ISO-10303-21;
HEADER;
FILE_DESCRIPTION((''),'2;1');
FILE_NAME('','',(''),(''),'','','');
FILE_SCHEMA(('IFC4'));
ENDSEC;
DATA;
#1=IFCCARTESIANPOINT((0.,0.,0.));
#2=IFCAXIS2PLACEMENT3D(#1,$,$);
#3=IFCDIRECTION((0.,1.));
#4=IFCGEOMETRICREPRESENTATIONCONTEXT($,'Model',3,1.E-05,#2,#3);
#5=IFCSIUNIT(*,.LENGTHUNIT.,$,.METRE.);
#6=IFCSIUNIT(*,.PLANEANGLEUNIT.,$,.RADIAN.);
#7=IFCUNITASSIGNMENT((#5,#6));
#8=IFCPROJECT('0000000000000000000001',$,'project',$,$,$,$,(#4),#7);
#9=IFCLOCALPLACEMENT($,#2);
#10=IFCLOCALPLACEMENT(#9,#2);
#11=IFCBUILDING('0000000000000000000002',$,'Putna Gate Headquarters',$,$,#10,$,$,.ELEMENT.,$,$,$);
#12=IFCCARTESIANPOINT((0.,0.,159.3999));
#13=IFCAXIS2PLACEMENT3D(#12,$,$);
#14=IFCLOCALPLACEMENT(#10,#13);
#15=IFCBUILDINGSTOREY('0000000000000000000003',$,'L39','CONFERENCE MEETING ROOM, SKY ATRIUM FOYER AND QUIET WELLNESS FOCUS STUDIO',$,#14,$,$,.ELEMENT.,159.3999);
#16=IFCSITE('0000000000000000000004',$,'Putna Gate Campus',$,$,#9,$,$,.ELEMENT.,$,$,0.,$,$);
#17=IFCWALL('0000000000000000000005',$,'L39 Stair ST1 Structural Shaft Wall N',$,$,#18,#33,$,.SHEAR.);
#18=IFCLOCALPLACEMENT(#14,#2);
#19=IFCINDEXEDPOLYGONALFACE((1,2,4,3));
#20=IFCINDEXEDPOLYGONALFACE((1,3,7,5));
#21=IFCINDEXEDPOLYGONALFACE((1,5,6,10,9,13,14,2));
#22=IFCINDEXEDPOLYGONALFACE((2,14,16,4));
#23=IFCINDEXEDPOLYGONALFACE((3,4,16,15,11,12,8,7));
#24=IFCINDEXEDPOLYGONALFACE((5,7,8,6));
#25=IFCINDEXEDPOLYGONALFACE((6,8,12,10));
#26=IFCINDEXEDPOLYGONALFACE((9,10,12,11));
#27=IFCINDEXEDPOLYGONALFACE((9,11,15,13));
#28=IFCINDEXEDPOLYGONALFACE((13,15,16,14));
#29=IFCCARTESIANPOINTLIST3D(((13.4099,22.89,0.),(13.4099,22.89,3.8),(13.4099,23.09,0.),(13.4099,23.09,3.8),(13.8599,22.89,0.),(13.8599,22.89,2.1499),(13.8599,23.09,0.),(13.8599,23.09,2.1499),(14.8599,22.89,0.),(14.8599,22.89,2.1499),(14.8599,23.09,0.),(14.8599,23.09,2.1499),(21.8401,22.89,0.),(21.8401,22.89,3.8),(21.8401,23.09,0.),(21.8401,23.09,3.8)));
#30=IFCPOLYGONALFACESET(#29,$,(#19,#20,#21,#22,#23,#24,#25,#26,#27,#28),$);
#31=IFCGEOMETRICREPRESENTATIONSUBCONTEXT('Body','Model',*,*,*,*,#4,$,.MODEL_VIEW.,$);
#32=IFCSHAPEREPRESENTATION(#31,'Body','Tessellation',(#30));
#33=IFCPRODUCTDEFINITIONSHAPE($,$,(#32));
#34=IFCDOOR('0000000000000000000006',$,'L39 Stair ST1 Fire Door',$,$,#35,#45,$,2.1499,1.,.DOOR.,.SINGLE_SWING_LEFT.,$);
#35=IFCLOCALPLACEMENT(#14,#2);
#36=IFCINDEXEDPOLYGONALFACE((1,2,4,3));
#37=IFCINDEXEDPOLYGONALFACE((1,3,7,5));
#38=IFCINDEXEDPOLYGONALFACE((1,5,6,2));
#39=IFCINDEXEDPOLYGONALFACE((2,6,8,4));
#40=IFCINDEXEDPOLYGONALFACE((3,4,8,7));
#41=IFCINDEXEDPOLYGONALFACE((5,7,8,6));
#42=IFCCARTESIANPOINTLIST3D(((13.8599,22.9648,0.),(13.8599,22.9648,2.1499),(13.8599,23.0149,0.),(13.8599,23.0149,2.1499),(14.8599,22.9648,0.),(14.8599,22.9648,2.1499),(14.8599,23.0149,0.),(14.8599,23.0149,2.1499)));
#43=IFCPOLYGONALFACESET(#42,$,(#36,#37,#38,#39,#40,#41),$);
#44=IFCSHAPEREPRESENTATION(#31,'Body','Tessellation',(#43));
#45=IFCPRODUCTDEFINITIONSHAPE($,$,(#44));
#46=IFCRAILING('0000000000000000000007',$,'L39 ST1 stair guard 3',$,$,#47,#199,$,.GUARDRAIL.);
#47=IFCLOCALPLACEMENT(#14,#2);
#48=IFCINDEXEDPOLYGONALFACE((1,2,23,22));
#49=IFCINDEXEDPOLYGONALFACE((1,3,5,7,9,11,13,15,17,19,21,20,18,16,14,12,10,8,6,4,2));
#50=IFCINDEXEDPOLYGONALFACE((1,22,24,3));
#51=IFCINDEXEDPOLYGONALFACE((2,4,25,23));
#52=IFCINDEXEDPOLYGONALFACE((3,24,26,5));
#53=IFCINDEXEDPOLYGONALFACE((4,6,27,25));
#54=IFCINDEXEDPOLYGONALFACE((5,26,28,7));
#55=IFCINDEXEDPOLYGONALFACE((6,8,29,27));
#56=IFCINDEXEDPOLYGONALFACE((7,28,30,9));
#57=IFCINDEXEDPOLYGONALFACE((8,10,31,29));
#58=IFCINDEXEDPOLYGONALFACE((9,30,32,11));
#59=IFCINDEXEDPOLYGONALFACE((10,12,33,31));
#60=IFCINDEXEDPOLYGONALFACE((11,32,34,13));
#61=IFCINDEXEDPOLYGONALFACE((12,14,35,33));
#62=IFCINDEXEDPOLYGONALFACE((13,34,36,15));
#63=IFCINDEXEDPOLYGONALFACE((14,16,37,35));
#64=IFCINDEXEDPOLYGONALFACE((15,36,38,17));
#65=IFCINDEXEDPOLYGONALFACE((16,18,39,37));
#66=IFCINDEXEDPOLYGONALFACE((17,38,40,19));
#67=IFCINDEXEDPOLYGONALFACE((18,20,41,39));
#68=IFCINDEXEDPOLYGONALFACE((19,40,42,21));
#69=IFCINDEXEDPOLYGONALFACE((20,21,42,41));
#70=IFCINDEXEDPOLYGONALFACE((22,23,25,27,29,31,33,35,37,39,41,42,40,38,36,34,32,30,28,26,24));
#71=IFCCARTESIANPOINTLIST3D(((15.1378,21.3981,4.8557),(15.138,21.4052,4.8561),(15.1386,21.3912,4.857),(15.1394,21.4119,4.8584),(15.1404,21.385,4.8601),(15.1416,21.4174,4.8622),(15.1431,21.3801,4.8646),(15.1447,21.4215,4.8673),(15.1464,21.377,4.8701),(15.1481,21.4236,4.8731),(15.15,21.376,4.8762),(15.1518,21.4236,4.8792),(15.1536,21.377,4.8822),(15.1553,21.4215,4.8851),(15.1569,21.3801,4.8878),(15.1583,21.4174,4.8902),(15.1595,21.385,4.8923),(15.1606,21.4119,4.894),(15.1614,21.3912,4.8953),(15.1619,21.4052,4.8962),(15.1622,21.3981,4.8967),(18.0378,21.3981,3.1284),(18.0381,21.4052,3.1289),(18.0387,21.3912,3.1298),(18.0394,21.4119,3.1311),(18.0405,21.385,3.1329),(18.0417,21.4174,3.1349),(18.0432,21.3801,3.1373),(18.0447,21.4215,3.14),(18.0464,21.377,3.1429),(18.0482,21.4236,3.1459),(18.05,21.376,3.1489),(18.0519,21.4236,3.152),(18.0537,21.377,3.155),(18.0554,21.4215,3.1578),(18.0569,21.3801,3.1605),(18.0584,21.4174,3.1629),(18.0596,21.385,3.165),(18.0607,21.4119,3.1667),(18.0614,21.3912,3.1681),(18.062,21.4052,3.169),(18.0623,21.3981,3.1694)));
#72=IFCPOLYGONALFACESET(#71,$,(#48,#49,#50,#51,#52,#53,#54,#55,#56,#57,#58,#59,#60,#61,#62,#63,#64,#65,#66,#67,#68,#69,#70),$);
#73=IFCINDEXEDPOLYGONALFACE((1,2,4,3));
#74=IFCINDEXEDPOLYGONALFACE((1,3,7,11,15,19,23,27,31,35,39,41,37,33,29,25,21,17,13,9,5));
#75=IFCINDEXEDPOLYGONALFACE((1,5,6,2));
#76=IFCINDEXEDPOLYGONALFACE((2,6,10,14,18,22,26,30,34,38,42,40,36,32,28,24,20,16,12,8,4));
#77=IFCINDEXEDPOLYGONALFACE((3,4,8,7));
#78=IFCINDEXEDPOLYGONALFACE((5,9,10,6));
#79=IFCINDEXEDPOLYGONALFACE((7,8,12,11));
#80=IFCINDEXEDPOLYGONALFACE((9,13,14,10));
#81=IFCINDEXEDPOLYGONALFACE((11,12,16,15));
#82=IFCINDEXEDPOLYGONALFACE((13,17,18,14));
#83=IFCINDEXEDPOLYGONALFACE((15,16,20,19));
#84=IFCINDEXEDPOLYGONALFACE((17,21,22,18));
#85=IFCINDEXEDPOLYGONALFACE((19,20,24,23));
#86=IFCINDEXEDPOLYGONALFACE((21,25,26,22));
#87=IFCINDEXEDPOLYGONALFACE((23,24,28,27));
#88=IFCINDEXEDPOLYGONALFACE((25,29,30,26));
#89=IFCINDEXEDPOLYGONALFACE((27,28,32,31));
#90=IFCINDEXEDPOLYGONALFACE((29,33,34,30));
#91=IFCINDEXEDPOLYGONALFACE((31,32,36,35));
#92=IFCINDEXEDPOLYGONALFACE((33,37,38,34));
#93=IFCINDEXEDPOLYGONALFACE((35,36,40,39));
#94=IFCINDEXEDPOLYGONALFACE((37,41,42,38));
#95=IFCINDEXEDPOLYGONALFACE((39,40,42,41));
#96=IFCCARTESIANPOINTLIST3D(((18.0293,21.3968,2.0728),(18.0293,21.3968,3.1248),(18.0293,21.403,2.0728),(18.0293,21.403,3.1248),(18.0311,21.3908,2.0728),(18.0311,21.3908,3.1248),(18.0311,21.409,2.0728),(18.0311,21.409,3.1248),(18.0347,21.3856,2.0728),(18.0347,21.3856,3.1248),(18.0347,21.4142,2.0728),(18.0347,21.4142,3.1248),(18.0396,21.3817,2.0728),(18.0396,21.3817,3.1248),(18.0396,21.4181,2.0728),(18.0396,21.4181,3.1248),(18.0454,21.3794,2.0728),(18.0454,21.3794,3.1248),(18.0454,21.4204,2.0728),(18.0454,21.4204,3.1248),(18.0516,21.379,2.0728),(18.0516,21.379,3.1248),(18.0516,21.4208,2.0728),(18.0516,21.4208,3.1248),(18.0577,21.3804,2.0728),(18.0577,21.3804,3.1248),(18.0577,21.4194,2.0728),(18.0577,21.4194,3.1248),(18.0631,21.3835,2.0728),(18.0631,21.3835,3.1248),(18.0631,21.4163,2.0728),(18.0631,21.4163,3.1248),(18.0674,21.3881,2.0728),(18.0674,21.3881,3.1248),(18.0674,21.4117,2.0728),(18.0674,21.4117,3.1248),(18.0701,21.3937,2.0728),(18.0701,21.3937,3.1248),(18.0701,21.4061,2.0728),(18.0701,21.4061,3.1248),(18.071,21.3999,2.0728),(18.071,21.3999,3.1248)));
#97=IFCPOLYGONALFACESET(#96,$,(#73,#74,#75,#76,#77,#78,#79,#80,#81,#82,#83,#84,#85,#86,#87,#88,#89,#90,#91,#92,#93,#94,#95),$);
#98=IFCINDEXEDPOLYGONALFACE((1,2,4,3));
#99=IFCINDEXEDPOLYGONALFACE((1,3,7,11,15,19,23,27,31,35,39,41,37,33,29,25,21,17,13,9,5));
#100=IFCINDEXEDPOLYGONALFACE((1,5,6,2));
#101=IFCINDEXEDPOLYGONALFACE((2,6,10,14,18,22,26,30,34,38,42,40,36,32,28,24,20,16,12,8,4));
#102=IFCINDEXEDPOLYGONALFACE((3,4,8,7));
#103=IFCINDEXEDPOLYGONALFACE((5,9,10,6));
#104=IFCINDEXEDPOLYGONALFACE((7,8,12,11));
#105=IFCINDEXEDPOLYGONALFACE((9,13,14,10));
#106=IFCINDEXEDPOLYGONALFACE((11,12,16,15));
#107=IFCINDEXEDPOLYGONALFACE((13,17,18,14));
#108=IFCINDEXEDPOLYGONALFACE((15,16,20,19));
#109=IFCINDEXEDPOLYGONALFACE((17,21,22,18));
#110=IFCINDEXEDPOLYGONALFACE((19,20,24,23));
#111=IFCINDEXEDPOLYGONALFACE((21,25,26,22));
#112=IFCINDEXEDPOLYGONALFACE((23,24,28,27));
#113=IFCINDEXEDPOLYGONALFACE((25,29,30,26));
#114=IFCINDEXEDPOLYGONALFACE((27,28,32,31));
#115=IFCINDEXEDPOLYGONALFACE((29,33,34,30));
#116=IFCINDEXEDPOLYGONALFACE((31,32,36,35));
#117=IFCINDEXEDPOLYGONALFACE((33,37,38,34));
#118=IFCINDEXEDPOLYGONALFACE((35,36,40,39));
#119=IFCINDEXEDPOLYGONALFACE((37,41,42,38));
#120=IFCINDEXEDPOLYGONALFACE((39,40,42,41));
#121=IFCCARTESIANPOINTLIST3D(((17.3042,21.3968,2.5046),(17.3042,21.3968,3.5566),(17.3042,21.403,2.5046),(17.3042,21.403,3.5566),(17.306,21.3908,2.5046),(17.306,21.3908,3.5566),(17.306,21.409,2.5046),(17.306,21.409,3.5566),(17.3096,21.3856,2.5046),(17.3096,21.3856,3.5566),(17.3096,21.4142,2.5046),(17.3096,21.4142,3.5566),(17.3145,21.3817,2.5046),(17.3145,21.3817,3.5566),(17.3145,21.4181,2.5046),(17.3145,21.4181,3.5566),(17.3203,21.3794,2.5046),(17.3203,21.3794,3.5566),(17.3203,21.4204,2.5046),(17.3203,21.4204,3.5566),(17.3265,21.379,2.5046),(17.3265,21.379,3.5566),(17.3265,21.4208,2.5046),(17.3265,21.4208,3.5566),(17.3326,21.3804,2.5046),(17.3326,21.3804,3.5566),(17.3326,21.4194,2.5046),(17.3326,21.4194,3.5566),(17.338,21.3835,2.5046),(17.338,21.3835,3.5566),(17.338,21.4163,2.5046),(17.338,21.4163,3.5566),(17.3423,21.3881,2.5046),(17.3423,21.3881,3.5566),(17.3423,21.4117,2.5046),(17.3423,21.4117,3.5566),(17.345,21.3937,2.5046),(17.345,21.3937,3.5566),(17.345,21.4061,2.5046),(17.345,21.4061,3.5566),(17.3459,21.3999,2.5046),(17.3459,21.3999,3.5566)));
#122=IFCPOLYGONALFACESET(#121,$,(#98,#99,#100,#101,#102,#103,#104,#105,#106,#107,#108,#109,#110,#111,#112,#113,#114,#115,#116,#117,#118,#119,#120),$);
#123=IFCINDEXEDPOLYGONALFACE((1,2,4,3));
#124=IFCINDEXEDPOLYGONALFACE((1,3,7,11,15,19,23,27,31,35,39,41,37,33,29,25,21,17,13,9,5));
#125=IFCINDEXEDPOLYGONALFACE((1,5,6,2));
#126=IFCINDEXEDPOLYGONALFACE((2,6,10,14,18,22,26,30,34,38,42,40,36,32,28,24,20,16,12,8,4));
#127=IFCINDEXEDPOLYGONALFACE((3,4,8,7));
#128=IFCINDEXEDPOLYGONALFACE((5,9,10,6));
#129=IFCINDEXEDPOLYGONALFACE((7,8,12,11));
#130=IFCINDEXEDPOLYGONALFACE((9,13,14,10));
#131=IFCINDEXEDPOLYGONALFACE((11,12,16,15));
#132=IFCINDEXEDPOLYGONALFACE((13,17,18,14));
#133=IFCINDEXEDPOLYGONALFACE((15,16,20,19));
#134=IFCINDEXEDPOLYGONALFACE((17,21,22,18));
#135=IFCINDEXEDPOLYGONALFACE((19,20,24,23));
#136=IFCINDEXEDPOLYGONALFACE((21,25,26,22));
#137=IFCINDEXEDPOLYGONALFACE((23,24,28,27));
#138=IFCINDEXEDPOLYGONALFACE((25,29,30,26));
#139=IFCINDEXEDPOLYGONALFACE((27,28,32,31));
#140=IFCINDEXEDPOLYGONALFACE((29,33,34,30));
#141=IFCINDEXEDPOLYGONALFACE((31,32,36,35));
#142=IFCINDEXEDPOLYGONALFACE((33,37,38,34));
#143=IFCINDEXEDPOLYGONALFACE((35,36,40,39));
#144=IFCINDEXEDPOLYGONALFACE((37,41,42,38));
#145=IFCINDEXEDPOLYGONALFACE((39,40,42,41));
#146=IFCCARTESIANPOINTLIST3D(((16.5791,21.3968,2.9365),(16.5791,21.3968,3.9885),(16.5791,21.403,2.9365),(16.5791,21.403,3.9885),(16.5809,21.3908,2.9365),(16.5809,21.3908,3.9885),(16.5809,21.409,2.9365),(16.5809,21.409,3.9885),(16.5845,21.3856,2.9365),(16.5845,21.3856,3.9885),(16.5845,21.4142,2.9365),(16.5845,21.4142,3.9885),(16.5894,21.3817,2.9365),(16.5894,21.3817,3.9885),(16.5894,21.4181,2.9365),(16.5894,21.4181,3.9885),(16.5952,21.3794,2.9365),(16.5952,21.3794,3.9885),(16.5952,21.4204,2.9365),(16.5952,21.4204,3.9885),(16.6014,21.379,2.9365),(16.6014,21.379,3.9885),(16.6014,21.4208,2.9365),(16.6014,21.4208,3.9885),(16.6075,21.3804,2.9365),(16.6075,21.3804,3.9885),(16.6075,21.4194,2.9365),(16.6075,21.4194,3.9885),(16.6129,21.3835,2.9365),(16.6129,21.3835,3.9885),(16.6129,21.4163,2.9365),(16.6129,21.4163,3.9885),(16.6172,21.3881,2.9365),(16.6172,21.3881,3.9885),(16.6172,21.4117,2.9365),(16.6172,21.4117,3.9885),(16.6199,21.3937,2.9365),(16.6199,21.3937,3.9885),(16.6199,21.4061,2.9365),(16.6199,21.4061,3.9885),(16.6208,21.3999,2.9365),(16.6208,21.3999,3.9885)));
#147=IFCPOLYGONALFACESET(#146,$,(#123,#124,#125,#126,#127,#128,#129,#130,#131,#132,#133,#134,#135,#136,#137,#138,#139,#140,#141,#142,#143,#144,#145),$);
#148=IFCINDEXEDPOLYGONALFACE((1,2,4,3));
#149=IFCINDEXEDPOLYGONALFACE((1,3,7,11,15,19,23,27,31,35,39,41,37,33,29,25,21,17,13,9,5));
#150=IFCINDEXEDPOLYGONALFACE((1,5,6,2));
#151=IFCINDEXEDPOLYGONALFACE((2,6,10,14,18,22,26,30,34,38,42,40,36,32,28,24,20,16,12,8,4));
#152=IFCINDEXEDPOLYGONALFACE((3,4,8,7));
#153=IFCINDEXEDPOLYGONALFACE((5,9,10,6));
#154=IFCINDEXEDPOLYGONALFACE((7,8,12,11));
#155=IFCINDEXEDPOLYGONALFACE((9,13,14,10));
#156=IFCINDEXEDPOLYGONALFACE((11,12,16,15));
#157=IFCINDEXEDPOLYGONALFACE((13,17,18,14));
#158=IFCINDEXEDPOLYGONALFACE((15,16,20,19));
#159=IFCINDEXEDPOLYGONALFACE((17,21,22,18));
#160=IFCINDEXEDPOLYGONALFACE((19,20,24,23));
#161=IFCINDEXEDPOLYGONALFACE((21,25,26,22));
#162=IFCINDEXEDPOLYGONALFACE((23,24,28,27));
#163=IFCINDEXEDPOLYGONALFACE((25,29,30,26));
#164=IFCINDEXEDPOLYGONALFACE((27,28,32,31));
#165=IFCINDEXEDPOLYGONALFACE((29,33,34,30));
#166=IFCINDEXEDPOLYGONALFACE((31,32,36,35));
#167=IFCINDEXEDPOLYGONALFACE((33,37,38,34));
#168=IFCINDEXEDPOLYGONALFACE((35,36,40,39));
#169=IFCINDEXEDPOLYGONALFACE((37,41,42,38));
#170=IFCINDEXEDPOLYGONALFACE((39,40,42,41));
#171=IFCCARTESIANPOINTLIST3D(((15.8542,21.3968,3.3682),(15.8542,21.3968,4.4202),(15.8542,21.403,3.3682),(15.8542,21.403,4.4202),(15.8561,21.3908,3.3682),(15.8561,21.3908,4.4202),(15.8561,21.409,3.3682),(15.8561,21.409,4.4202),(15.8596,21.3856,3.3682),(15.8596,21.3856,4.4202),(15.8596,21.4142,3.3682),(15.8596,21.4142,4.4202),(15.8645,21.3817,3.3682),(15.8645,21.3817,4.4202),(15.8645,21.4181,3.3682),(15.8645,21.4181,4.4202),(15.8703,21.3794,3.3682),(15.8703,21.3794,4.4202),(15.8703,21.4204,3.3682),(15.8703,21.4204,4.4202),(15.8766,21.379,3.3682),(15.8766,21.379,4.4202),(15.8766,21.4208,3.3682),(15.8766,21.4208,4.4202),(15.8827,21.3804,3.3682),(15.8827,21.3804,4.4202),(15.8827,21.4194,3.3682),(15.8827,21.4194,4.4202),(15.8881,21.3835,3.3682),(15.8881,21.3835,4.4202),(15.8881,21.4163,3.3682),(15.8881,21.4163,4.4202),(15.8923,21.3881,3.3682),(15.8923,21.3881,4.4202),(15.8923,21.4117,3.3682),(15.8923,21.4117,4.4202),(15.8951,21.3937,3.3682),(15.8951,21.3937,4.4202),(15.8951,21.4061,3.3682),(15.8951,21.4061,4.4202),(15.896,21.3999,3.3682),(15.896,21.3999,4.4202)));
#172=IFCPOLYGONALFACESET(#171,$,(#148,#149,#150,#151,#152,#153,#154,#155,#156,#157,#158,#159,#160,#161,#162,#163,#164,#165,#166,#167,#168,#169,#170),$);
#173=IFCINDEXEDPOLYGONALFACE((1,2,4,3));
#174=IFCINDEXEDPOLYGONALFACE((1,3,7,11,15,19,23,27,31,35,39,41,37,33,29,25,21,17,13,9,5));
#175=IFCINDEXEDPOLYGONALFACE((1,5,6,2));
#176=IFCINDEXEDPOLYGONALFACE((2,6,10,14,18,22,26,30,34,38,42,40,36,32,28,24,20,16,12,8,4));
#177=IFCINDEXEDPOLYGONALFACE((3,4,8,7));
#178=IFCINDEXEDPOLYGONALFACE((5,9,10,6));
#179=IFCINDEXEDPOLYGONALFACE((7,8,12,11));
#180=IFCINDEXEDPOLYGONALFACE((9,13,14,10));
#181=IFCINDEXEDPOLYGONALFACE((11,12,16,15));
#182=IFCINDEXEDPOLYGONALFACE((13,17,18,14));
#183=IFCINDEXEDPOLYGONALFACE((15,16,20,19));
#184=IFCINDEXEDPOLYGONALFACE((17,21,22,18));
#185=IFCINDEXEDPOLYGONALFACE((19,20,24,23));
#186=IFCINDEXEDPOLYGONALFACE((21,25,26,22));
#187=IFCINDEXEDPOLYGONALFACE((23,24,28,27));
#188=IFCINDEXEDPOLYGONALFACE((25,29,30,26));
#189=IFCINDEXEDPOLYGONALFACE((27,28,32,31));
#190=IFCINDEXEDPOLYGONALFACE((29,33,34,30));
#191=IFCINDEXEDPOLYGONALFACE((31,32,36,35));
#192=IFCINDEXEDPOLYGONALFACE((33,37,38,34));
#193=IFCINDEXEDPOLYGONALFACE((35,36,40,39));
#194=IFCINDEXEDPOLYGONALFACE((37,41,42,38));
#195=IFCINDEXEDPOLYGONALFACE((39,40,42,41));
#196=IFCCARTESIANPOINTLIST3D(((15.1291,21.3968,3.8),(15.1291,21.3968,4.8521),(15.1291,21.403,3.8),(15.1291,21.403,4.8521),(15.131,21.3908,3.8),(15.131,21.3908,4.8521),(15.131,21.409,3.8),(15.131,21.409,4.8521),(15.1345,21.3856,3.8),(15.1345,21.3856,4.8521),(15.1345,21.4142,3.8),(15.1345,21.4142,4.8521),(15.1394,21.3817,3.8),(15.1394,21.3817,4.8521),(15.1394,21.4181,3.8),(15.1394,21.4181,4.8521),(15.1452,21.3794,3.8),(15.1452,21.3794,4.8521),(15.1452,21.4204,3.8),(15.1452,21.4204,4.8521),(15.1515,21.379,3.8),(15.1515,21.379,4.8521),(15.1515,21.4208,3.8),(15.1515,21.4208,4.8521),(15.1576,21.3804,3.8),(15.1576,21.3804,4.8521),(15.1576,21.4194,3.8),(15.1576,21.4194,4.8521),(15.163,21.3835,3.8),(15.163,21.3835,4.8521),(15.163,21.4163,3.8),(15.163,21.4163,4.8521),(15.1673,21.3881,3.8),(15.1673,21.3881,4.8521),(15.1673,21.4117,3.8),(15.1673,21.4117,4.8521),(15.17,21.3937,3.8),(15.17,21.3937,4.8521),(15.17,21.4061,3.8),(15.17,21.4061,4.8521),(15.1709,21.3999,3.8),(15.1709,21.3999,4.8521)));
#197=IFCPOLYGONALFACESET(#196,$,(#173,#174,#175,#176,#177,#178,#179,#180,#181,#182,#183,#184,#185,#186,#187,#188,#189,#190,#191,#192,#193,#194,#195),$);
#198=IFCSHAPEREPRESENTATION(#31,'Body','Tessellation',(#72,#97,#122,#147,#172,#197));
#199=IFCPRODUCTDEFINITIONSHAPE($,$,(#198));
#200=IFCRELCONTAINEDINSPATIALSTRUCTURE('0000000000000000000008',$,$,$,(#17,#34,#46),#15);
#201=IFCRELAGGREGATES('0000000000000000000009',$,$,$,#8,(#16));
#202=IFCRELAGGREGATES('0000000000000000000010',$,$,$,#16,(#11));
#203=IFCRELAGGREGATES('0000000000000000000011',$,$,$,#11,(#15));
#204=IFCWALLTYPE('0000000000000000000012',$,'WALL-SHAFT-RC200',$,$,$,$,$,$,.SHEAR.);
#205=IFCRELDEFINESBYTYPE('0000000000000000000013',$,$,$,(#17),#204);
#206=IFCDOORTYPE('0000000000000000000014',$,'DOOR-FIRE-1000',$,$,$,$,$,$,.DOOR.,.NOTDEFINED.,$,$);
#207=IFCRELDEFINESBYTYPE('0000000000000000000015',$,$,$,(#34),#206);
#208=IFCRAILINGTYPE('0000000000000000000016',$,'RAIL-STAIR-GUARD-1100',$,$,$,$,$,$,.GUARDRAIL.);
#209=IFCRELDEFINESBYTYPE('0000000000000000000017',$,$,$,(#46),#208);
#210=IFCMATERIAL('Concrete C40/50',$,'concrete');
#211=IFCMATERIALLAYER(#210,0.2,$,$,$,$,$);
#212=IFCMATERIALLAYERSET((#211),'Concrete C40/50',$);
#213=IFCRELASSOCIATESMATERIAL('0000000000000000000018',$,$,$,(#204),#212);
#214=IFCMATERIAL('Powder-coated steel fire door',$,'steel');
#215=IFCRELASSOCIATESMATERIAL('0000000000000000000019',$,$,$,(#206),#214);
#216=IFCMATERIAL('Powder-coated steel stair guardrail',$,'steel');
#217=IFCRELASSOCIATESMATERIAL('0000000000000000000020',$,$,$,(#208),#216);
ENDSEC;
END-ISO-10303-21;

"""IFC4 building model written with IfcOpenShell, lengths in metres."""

from ifc_helpers import new_model, si_unit, direction, frame, frame_2d, origin, origin_2d, place, context, subcontext, project, spatial, rectangle, circle, extrude, material, layer, layer_set, type_object, element, fill, save


model = new_model("IFC4")

# Units and contexts
model_context = context("Model", 3, precision=1e-05, world=origin(), true_north=direction((0.0, 1.0)))
body_context = subcontext(model_context, "Body", "Model", "MODEL_VIEW")
ifc_project = project(units=[si_unit("LENGTHUNIT", "METRE"), si_unit("PLANEANGLEUNIT", "RADIAN")], contexts=[model_context])

# Site, building, storey
site_placement = place(None, origin())
site = spatial("IfcSite", under=ifc_project, at=site_placement, Name="Putna Gate Campus", CompositionType="ELEMENT", RefElevation=0.0)
building_placement = place(site_placement, origin())
building = spatial("IfcBuilding", under=site, at=building_placement, Name="Putna Gate Headquarters", CompositionType="ELEMENT")
storey_placement = place(building_placement, frame((0.0, 0.0, 159.3999)))
storey = spatial("IfcBuildingStorey", under=building, at=storey_placement, Name="L39", Description="CONFERENCE MEETING ROOM, SKY ATRIUM FOYER AND QUIET WELLNESS FOCUS STUDIO", CompositionType="ELEMENT", Elevation=159.3999)

# Shared definitions
ifc_material_1 = material(Name="Concrete C40/50", Category="concrete")

# Wall, opening, door
ifc_layer_1 = layer(ifc_material_1, 0.2)
ifc_layer_set_1 = layer_set([ifc_layer_1], Name="Concrete C40/50")
wall_type_1 = type_object("IfcWallType", Name="WALL-SHAFT-RC200", PredefinedType="SHEAR", material=ifc_layer_set_1)
wall_1_placement = place(storey_placement, frame((13.4099, 22.99, 0.0), z_axis=(0.0, 0.0, 1.0), x_axis=(1.0, 0.0, 0.0)))
wall_1 = element("IfcWall", 1, at=wall_1_placement, inside=storey, type_object=wall_type_1, Name="L39 Stair ST1 Structural Shaft Wall N", PredefinedType="SHEAR", context=body_context, shape_type="SweptSolid", body=[
    extrude(rectangle(XDim=8.4302, YDim=0.2, at=frame_2d((4.2151, 0.0))), origin(), (0.0, 0.0, 1.0), 3.8),
])
opening_1_placement = place(wall_1_placement, frame((0.45, 0.0, 0.0)))
opening_1 = element("IfcOpeningElement", 2, at=opening_1_placement, cuts=wall_1, PredefinedType="OPENING", context=body_context, shape_type="SweptSolid", body=[
    extrude(rectangle(XDim=1.0, YDim=2.1499, at=frame_2d((0.5, 1.075))), frame((0.0, 0.1099, 0.0), z_axis=(0.0, -1.0, 0.0), x_axis=(1.0, 0.0, 0.0)), (0.0, 0.0, 1.0), 0.22),
])
ifc_material_2 = material(Name="Powder-coated steel fire door", Category="steel")
door_type_1 = type_object("IfcDoorType", Name="DOOR-FIRE-1000", OperationType="NOTDEFINED", PredefinedType="DOOR", material=ifc_material_2)
door_1_placement = place(opening_1_placement, origin())
door_1 = element("IfcDoor", 3, at=door_1_placement, inside=storey, type_object=door_type_1, Name="L39 Stair ST1 Fire Door", OperationType="SINGLE_SWING_LEFT", OverallHeight=2.1499, OverallWidth=1.0, PredefinedType="DOOR", context=body_context, shape_type="SweptSolid", body=[
    extrude(rectangle(XDim=1.0, YDim=2.1499, at=frame_2d((0.5, 1.075))), frame((0.0, 0.0249, 0.0), z_axis=(0.0, -1.0, 0.0), x_axis=(1.0, 0.0, 0.0)), (0.0, 0.0, 1.0), 0.05),
])
fill(opening_1, door_1)

# Railing
ifc_material_3 = material(Name="Powder-coated steel stair guardrail", Category="steel")
railing_type = type_object("IfcRailingType", Name="RAIL-STAIR-GUARD-1100", PredefinedType="GUARDRAIL", material=ifc_material_3)
railing_1_placement = place(storey_placement, frame((18.05, 21.3999, 2.0728)))
element("IfcRailing", 4, at=railing_1_placement, inside=storey, type_object=railing_type, Name="L39 ST1 stair guard 3", PredefinedType="GUARDRAIL", context=body_context, shape_type="SweptSolid", body=[
    extrude(circle(Radius=0.0239, at=origin_2d()), frame((0.0, 0.0, 1.0762), z_axis=(-0.85916, 0.0, 0.511706), x_axis=(0.0, -1.0, 0.0)), (0.0, 0.0, 1.0), 3.3755),
    extrude(circle(Radius=0.021, at=origin_2d()), origin(), (0.0, 0.0, 1.0), 1.052),
    extrude(circle(Radius=0.021, at=origin_2d()), frame((-0.7251, 0.0, 0.4319)), (0.0, 0.0, 1.0), 1.052),
    extrude(circle(Radius=0.021, at=origin_2d()), frame((-1.4502, 0.0, 0.8638)), (0.0, 0.0, 1.0), 1.052),
    extrude(circle(Radius=0.021, at=origin_2d()), frame((-2.175, 0.0, 1.2954)), (0.0, 0.0, 1.0), 1.052),
    extrude(circle(Radius=0.021, at=origin_2d()), frame((-2.9001, 0.0, 1.7273)), (0.0, 0.0, 1.0), 1.052),
])

save(model, "model.ifc")
